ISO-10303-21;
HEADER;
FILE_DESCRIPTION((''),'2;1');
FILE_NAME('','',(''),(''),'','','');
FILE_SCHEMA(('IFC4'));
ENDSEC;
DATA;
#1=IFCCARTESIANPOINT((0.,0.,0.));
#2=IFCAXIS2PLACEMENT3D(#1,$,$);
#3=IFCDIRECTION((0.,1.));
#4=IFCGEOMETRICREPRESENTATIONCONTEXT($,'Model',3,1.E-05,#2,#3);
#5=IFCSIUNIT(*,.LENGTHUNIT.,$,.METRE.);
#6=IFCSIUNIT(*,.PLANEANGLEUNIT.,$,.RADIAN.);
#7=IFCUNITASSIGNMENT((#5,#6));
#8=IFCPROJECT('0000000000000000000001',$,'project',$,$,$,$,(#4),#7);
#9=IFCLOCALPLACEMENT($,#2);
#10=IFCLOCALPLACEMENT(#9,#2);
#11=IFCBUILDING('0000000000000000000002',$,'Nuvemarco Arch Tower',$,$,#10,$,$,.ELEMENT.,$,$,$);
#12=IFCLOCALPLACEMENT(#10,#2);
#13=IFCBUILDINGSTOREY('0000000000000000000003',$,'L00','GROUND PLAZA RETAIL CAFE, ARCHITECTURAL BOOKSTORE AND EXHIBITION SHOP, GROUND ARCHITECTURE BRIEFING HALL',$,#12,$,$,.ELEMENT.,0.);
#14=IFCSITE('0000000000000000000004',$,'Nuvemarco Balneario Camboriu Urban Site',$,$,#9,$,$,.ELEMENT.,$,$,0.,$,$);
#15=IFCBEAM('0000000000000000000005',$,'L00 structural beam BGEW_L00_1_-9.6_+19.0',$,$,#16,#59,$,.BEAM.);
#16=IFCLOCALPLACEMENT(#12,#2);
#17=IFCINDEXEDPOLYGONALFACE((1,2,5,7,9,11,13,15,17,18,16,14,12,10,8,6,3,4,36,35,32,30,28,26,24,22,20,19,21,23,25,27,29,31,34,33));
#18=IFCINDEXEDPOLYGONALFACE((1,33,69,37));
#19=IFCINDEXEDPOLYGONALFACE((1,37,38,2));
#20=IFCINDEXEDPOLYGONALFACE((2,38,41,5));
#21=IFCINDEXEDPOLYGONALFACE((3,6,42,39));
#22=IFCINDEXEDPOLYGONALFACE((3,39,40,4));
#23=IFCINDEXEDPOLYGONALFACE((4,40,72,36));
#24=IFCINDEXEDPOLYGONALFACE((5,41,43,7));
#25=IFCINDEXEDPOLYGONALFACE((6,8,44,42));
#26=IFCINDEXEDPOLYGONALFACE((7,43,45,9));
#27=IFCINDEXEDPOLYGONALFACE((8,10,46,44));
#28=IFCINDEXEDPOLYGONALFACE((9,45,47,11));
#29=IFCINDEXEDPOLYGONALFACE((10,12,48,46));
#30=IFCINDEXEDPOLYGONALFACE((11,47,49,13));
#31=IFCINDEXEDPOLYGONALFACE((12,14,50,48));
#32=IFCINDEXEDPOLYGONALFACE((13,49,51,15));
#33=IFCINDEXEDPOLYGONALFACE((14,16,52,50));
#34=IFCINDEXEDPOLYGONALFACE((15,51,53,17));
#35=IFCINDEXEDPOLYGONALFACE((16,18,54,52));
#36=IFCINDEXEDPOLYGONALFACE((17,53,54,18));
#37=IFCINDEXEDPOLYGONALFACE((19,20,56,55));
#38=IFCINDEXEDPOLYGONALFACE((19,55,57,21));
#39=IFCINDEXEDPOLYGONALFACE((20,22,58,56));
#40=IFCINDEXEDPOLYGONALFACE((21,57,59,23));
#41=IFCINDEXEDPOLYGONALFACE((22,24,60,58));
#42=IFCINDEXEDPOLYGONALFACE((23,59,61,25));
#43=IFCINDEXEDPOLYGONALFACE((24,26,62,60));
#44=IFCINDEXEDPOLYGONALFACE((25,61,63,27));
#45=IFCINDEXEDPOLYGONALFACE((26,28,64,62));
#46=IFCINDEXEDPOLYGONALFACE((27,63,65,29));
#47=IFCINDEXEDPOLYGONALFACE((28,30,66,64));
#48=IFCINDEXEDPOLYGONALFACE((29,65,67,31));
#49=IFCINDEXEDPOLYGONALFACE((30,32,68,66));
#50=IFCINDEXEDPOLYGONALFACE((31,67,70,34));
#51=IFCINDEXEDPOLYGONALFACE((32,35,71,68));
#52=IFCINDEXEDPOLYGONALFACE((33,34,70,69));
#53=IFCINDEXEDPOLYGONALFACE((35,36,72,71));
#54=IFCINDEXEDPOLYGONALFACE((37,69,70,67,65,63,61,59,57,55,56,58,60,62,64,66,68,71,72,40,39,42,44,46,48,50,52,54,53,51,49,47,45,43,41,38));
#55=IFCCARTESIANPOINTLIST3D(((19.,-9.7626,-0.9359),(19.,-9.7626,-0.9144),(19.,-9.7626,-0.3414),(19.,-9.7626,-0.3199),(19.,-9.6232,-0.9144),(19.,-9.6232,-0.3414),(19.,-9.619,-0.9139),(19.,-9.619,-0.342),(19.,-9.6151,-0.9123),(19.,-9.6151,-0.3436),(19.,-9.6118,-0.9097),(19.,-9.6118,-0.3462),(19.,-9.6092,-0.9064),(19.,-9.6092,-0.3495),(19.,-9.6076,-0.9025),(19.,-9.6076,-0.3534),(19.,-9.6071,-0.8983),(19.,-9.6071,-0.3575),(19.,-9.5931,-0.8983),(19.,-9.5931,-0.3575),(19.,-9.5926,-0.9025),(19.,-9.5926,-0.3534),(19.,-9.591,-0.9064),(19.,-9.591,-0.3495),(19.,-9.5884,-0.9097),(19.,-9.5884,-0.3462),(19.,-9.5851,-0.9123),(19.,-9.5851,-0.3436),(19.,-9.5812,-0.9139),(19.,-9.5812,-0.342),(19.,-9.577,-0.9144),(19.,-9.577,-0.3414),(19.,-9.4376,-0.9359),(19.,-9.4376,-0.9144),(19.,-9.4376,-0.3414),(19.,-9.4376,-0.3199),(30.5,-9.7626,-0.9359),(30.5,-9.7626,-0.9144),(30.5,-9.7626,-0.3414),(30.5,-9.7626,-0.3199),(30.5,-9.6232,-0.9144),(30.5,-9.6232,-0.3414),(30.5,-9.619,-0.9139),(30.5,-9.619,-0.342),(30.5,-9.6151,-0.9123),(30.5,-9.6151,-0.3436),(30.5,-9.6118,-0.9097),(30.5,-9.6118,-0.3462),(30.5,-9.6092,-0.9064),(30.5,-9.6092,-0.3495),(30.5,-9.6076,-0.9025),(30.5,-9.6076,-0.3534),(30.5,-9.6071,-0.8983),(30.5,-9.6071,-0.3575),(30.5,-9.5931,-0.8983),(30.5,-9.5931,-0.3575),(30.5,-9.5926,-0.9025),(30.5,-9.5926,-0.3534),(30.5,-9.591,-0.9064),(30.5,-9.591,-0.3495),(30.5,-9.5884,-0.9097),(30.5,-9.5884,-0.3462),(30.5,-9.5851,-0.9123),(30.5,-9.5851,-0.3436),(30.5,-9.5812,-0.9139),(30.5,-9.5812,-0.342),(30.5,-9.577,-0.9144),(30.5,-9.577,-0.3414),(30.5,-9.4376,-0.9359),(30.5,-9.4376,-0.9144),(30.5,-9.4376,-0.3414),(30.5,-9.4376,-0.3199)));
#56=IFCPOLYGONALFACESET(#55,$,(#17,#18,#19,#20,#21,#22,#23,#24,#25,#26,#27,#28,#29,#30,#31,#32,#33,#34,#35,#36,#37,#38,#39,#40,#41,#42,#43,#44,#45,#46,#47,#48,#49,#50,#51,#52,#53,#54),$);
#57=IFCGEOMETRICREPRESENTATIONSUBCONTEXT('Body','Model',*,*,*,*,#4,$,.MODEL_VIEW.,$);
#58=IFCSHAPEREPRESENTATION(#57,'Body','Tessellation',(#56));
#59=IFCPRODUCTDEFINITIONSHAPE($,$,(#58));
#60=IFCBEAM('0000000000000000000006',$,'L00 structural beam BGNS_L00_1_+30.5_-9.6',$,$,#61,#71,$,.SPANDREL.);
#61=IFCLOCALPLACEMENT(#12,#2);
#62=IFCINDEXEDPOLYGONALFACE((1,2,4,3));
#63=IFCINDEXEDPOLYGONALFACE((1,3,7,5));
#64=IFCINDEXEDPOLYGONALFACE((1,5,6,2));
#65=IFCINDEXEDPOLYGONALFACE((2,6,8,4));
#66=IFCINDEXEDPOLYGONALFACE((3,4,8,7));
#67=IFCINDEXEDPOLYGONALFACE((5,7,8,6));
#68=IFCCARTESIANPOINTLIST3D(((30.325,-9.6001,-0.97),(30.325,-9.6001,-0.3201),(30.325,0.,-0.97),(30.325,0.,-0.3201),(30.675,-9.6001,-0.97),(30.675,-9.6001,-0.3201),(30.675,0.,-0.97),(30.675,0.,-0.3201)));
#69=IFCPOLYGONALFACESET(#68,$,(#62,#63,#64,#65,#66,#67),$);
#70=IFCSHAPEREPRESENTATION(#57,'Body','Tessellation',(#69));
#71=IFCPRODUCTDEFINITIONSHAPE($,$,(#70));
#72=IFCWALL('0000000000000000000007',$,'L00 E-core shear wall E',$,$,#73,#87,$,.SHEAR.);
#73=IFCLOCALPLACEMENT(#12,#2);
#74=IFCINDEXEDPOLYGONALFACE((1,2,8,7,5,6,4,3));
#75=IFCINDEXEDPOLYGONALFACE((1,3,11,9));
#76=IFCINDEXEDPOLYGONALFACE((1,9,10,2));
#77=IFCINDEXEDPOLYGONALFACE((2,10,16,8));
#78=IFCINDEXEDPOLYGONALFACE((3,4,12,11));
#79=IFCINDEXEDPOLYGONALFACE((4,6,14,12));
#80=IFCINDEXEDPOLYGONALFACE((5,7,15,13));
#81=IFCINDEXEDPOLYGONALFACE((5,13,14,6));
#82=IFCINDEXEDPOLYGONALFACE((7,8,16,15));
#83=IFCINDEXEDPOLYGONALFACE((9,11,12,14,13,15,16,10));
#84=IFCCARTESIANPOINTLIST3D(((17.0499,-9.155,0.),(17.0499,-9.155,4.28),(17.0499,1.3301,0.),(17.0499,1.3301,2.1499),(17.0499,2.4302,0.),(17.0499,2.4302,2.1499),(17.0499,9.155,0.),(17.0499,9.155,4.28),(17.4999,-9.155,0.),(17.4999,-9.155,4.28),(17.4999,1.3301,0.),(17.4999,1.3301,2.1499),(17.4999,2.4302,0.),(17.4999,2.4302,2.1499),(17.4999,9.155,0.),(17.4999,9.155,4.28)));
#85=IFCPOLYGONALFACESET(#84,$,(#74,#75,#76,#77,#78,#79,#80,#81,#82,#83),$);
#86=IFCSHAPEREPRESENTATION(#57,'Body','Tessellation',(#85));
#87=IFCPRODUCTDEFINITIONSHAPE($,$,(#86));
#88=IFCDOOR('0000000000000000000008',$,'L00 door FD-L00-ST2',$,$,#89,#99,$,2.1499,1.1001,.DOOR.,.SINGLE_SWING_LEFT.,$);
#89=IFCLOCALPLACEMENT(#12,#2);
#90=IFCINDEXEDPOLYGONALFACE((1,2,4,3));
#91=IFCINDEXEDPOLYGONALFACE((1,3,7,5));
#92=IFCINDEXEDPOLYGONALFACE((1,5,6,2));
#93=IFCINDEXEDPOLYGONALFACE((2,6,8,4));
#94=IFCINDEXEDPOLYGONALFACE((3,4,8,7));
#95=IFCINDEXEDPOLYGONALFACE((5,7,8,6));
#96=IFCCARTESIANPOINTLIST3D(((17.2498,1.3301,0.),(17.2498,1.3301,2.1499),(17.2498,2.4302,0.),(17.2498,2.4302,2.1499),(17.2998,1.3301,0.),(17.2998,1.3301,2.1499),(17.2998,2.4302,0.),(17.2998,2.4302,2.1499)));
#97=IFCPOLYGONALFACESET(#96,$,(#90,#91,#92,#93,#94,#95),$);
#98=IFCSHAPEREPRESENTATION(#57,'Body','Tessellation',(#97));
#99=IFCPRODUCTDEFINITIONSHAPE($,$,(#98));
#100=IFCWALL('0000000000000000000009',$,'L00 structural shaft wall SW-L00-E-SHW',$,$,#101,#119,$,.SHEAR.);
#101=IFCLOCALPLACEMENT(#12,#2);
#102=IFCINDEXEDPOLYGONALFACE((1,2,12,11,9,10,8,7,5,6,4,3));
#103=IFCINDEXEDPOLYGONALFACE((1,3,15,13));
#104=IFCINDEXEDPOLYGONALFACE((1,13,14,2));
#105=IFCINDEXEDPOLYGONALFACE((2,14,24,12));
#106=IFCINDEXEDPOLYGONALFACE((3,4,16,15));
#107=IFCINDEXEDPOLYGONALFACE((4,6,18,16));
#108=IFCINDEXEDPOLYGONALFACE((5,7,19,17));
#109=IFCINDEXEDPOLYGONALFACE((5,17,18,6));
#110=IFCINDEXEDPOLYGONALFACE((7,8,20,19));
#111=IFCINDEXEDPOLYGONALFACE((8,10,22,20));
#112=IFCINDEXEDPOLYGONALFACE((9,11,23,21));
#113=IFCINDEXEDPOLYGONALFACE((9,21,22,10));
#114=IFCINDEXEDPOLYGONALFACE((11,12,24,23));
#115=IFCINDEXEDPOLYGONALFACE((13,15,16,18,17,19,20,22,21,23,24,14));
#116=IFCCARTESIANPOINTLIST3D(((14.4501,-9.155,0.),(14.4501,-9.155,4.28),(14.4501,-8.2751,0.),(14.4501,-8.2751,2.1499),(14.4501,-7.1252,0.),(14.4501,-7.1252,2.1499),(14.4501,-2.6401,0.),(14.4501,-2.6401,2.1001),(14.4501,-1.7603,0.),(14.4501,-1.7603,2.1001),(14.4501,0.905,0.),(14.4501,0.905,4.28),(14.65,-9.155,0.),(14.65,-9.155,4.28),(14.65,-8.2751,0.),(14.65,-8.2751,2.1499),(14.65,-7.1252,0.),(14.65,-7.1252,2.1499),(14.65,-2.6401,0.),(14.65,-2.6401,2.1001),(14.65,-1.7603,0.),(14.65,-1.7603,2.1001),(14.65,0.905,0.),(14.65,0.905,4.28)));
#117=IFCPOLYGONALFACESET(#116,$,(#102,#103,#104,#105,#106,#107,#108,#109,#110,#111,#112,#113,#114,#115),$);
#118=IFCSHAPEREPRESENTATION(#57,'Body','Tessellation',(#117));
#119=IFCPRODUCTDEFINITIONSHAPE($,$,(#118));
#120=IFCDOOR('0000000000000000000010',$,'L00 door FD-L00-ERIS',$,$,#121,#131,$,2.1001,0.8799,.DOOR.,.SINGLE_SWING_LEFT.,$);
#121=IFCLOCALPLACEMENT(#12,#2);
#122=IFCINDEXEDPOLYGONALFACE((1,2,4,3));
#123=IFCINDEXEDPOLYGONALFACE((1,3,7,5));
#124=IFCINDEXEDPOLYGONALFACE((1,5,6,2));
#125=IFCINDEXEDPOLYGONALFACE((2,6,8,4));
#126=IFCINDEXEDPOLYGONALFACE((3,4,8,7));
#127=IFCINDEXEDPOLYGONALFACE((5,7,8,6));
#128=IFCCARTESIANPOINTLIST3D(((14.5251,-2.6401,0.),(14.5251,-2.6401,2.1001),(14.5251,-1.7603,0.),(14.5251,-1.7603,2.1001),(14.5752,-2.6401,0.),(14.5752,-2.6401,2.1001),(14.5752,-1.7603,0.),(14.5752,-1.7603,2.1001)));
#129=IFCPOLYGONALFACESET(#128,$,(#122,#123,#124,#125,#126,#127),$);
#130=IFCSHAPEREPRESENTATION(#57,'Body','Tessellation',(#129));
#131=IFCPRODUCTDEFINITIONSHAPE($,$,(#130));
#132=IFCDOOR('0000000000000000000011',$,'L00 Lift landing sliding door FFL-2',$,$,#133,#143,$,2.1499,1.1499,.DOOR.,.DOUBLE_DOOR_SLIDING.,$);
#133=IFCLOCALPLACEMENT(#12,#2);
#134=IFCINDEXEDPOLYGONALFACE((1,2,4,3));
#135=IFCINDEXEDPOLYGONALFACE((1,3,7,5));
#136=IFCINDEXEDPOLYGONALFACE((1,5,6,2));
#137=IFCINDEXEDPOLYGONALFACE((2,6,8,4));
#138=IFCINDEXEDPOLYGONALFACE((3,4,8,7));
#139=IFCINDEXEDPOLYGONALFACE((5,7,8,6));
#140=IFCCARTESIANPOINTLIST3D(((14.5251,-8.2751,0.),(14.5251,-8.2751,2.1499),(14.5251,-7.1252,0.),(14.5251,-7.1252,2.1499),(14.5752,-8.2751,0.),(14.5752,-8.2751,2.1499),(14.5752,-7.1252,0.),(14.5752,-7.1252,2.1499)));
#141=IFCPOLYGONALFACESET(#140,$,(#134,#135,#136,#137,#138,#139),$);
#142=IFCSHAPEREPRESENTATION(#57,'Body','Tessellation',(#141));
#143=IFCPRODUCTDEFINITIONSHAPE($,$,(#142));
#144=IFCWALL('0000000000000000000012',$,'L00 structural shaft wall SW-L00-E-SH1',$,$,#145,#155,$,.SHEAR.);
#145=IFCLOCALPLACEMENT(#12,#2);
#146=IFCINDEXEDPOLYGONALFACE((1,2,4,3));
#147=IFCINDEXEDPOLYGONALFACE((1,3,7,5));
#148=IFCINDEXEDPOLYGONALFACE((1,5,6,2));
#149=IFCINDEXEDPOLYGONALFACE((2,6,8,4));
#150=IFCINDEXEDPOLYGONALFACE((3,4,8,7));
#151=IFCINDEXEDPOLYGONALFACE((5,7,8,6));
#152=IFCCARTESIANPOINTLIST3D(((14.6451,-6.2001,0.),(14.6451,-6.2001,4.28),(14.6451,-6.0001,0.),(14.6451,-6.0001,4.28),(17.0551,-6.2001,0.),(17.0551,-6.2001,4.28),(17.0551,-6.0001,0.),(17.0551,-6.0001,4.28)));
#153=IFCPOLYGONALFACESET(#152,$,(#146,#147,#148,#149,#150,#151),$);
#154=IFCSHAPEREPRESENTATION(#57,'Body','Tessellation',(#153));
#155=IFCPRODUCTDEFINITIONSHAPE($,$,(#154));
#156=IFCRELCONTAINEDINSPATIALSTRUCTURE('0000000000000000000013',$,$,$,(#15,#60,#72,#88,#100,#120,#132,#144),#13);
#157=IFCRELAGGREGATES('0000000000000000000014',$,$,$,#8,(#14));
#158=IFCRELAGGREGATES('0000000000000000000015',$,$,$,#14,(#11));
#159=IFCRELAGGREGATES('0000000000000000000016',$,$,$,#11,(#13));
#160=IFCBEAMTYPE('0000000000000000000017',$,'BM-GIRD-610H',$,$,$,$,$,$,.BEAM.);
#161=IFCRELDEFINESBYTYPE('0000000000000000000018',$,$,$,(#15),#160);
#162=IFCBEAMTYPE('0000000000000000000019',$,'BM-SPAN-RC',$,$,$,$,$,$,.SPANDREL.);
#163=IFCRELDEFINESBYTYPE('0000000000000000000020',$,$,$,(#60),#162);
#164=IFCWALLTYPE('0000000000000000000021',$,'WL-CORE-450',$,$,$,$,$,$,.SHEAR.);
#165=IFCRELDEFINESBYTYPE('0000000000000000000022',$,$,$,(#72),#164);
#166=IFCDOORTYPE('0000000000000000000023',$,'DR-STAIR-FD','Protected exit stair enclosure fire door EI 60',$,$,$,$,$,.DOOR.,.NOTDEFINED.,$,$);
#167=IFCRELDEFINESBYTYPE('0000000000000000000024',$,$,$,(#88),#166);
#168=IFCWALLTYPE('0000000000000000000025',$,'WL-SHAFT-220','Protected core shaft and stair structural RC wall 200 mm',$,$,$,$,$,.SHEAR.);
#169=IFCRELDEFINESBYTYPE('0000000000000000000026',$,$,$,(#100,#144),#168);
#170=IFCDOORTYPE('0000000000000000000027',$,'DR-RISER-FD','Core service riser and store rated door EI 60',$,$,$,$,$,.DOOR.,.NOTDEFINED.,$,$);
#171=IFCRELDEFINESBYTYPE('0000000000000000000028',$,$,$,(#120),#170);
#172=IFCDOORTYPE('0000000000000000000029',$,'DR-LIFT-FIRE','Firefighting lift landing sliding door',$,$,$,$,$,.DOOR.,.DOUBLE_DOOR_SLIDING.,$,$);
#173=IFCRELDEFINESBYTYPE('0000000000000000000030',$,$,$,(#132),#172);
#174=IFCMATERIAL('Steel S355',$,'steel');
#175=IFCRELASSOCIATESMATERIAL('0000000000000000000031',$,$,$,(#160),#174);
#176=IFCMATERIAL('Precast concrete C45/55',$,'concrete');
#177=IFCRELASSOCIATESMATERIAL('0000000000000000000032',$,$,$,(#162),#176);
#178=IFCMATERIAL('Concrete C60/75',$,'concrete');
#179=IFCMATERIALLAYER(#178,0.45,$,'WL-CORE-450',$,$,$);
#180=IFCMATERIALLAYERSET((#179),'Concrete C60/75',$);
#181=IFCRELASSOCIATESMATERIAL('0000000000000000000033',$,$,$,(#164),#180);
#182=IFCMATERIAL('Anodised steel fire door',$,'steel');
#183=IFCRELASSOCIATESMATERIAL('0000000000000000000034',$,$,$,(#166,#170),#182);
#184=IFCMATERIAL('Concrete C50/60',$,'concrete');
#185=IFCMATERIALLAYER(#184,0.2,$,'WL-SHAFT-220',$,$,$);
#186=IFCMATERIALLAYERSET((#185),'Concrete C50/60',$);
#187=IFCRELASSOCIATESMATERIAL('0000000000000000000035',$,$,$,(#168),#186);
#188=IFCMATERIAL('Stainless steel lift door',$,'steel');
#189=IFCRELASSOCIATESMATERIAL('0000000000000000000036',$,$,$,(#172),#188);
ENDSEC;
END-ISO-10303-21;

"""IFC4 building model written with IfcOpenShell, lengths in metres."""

from ifc_helpers import new_model, si_unit, direction, frame, frame_2d, origin, origin_2d, place, context, subcontext, project, spatial, rectangle, i_section, extrude, source, transform, mapped, material, layer, layer_set, material_profile, profile_set, type_object, type_shapes, element, fill, save


model = new_model("IFC4")

# Units and contexts
model_context = context("Model", 3, precision=1e-05, world=origin(), true_north=direction((0.0, 1.0)))
body_context = subcontext(model_context, "Body", "Model", "MODEL_VIEW")
ifc_project = project(units=[si_unit("LENGTHUNIT", "METRE"), si_unit("PLANEANGLEUNIT", "RADIAN")], contexts=[model_context])

# Site, building, storey
site_placement = place(None, origin())
site = spatial("IfcSite", under=ifc_project, at=site_placement, Name="Nuvemarco Balneario Camboriu Urban Site", CompositionType="ELEMENT", RefElevation=0.0)
building_placement = place(site_placement, origin())
building = spatial("IfcBuilding", under=site, at=building_placement, Name="Nuvemarco Arch Tower", CompositionType="ELEMENT")
storey_placement = place(building_placement, origin())
storey = spatial("IfcBuildingStorey", under=building, at=storey_placement, Name="L00", Description="GROUND PLAZA RETAIL CAFE, ARCHITECTURAL BOOKSTORE AND EXHIBITION SHOP, GROUND ARCHITECTURE BRIEFING HALL", CompositionType="ELEMENT", Elevation=0.0)

# Shared definitions
ifc_material_1 = material(Name="Concrete C60/75", Category="concrete")

# Beams
ifc_material_2 = material(Name="Steel S355", Category="steel")
ifc_material_profile_1 = material_profile(ifc_material_2, i_section(OverallWidth=0.325, OverallDepth=0.616, WebThickness=0.0139, FlangeThickness=0.0215, FilletRadius=0.0161, at=origin_2d()), Name="W610x174")
ifc_profile_set_1 = profile_set([ifc_material_profile_1], Name="Steel S355")
beam_type_1 = type_object("IfcBeamType", Name="BM-GIRD-610H", PredefinedType="BEAM", material=ifc_profile_set_1)
beam_1_placement = place(storey_placement, frame((19.0, -9.6001, -0.6279), z_axis=(1.0, 0.0, 0.0), x_axis=(0.0, 1.0, 0.0)))
element("IfcBeam", 1, at=beam_1_placement, inside=storey, type_object=beam_type_1, Name="L00 structural beam BGEW_L00_1_-9.6_+19.0", PredefinedType="BEAM", context=body_context, shape_type="SweptSolid", body=[
    extrude(i_section(OverallWidth=0.325, OverallDepth=0.616, WebThickness=0.0139, FlangeThickness=0.0215, FilletRadius=0.0161, at=origin_2d()), origin(), (0.0, 0.0, 1.0), 11.5),
])
ifc_material_3 = material(Name="Precast concrete C45/55", Category="concrete")
ifc_material_profile_2 = material_profile(ifc_material_3, rectangle(XDim=0.3501, YDim=0.6499, at=origin_2d()), Name="PC-SP-350x650")
ifc_profile_set_2 = profile_set([ifc_material_profile_2], Name="Precast concrete C45/55")
beam_type_2 = type_object("IfcBeamType", Name="BM-SPAN-RC", PredefinedType="SPANDREL", material=ifc_profile_set_2)
beam_2_placement = place(storey_placement, frame((30.5, -9.6001, -0.645), z_axis=(0.0, 1.0, 0.0), x_axis=(-1.0, 0.0, 0.0)))
element("IfcBeam", 2, at=beam_2_placement, inside=storey, type_object=beam_type_2, Name="L00 structural beam BGNS_L00_1_+30.5_-9.6", PredefinedType="SPANDREL", context=body_context, shape_type="SweptSolid", body=[
    extrude(rectangle(XDim=0.3501, YDim=0.6499, at=origin_2d()), origin(), (0.0, 0.0, 1.0), 9.6001),
])

# Wall, opening, door
ifc_layer_1 = layer(ifc_material_1, 0.45, Name="WL-CORE-450")
ifc_layer_set_1 = layer_set([ifc_layer_1], Name="Concrete C60/75")
wall_type_1 = type_object("IfcWallType", Name="WL-CORE-450", PredefinedType="SHEAR", material=ifc_layer_set_1)
wall_1_placement = place(storey_placement, frame((17.2749, -9.155, 0.0), z_axis=(0.0, 0.0, 1.0), x_axis=(0.0, 1.0, 0.0)))
wall_1 = element("IfcWall", 3, at=wall_1_placement, inside=storey, type_object=wall_type_1, Name="L00 E-core shear wall E", PredefinedType="SHEAR", context=body_context, shape_type="SweptSolid", body=[
    extrude(rectangle(XDim=18.3101, YDim=0.45, at=frame_2d((9.155, 0.0))), origin(), (0.0, 0.0, 1.0), 4.28),
])
opening_1_placement = place(wall_1_placement, frame((11.5852, 0.0, 0.0), z_axis=(0.0, 0.0, 1.0), x_axis=(-1.0, 0.0, 0.0)))
opening_1 = element("IfcOpeningElement", 4, at=opening_1_placement, cuts=wall_1, PredefinedType="OPENING", context=body_context, shape_type="SweptSolid", body=[
    extrude(rectangle(XDim=1.1001, YDim=2.1499, at=frame_2d((0.55, 1.075))), frame((0.0, 0.2349, 0.0), z_axis=(0.0, -1.0, 0.0), x_axis=(1.0, 0.0, 0.0)), (0.0, 0.0, 1.0), 0.47),
])
ifc_material_4 = material(Name="Anodised steel fire door", Category="steel")
door_type_1 = type_object("IfcDoorType", Name="DR-STAIR-FD", Description="Protected exit stair enclosure fire door EI 60", OperationType="NOTDEFINED", PredefinedType="DOOR", material=ifc_material_4)
shared_shape_1 = source(origin(), body_context, "Body", "SweptSolid", [
    extrude(rectangle(XDim=1.1001, YDim=2.1499, at=frame_2d((0.55, 1.075))), frame((0.0, 0.0249, 0.0), z_axis=(0.0, -1.0, 0.0), x_axis=(1.0, 0.0, 0.0)), (0.0, 0.0, 1.0), 0.05),
])
type_shapes(door_type_1, [shared_shape_1])
door_1_placement = place(opening_1_placement, origin())
door_1 = element("IfcDoor", 5, at=door_1_placement, inside=storey, type_object=door_type_1, Name="L00 door FD-L00-ST2", OperationType="SINGLE_SWING_LEFT", OverallHeight=2.1499, OverallWidth=1.1001, PredefinedType="DOOR", context=body_context, shape_type="MappedRepresentation", body=[
    mapped(shared_shape_1, transform((0.0, 0.0, 0.0), scale=1.0)),
])
fill(opening_1, door_1)

# Wall, openings, doors
ifc_material_5 = material(Name="Concrete C50/60", Category="concrete")
ifc_layer_2 = layer(ifc_material_5, 0.2, Name="WL-SHAFT-220")
ifc_layer_set_2 = layer_set([ifc_layer_2], Name="Concrete C50/60")
wall_type_2 = type_object("IfcWallType", Name="WL-SHAFT-220", Description="Protected core shaft and stair structural RC wall 200 mm", PredefinedType="SHEAR", material=ifc_layer_set_2)
wall_2_placement = place(storey_placement, frame((14.55, -9.155, 0.0), z_axis=(0.0, 0.0, 1.0), x_axis=(0.0, 1.0, 0.0)))
wall_2 = element("IfcWall", 6, at=wall_2_placement, inside=storey, type_object=wall_type_2, Name="L00 structural shaft wall SW-L00-E-SHW", PredefinedType="SHEAR", context=body_context, shape_type="SweptSolid", body=[
    extrude(rectangle(XDim=10.0601, YDim=0.2, at=frame_2d((5.03, 0.0))), origin(), (0.0, 0.0, 1.0), 4.28),
])
opening_2_placement = place(wall_2_placement, frame((6.5149, 0.0, 0.0)))
opening_2 = element("IfcOpeningElement", 7, at=opening_2_placement, cuts=wall_2, PredefinedType="OPENING", context=body_context, shape_type="SweptSolid", body=[
    extrude(rectangle(XDim=0.8799, YDim=2.1001, at=frame_2d((0.4399, 1.05))), frame((0.0, 0.1099, 0.0), z_axis=(0.0, -1.0, 0.0), x_axis=(1.0, 0.0, 0.0)), (0.0, 0.0, 1.0), 0.22),
])
opening_3_placement = place(wall_2_placement, frame((0.8799, 0.0, 0.0)))
opening_3 = element("IfcOpeningElement", 8, at=opening_3_placement, cuts=wall_2, PredefinedType="OPENING", context=body_context, shape_type="SweptSolid", body=[
    extrude(rectangle(XDim=1.1499, YDim=2.1499, at=frame_2d((0.575, 1.075))), frame((0.0, 0.1099, 0.0), z_axis=(0.0, -1.0, 0.0), x_axis=(1.0, 0.0, 0.0)), (0.0, 0.0, 1.0), 0.22),
])
door_type_2 = type_object("IfcDoorType", Name="DR-RISER-FD", Description="Core service riser and store rated door EI 60", OperationType="NOTDEFINED", PredefinedType="DOOR", material=ifc_material_4)
shared_shape_2 = source(origin(), body_context, "Body", "SweptSolid", [
    extrude(rectangle(XDim=0.8799, YDim=2.1001, at=frame_2d((0.4399, 1.05))), frame((0.0, 0.0249, 0.0), z_axis=(0.0, -1.0, 0.0), x_axis=(1.0, 0.0, 0.0)), (0.0, 0.0, 1.0), 0.05),
])
type_shapes(door_type_2, [shared_shape_2])
door_2_placement = place(opening_2_placement, origin())
door_2 = element("IfcDoor", 9, at=door_2_placement, inside=storey, type_object=door_type_2, Name="L00 door FD-L00-ERIS", OperationType="SINGLE_SWING_LEFT", OverallHeight=2.1001, OverallWidth=0.8799, PredefinedType="DOOR", context=body_context, shape_type="MappedRepresentation", body=[
    mapped(shared_shape_2, transform((0.0, 0.0, 0.0), scale=1.0)),
])
fill(opening_2, door_2)
ifc_material_6 = material(Name="Stainless steel lift door", Category="steel")
door_type_3 = type_object("IfcDoorType", Name="DR-LIFT-FIRE", Description="Firefighting lift landing sliding door", OperationType="DOUBLE_DOOR_SLIDING", PredefinedType="DOOR", material=ifc_material_6)
shared_shape_3 = source(origin(), body_context, "Body", "SweptSolid", [
    extrude(rectangle(XDim=1.1499, YDim=2.1499, at=frame_2d((0.575, 1.075))), frame((0.0, 0.0249, 0.0), z_axis=(0.0, -1.0, 0.0), x_axis=(1.0, 0.0, 0.0)), (0.0, 0.0, 1.0), 0.05),
])
type_shapes(door_type_3, [shared_shape_3])
door_3_placement = place(opening_3_placement, origin())
door_3 = element("IfcDoor", 10, at=door_3_placement, inside=storey, type_object=door_type_3, Name="L00 Lift landing sliding door FFL-2", OperationType="DOUBLE_DOOR_SLIDING", OverallHeight=2.1499, OverallWidth=1.1499, PredefinedType="DOOR", context=body_context, shape_type="MappedRepresentation", body=[
    mapped(shared_shape_3, transform((0.0, 0.0, 0.0), scale=1.0)),
])
fill(opening_3, door_3)

# Wall
wall_3_placement = place(storey_placement, frame((14.645, -6.1001, 0.0), z_axis=(0.0, 0.0, 1.0), x_axis=(1.0, 0.0, 0.0)))
element("IfcWall", 11, at=wall_3_placement, inside=storey, type_object=wall_type_2, Name="L00 structural shaft wall SW-L00-E-SH1", PredefinedType="SHEAR", context=body_context, shape_type="SweptSolid", body=[
    extrude(rectangle(XDim=2.4099, YDim=0.2, at=frame_2d((1.2051, 0.0))), origin(), (0.0, 0.0, 1.0), 4.28),
])

save(model, "model.ifc")
